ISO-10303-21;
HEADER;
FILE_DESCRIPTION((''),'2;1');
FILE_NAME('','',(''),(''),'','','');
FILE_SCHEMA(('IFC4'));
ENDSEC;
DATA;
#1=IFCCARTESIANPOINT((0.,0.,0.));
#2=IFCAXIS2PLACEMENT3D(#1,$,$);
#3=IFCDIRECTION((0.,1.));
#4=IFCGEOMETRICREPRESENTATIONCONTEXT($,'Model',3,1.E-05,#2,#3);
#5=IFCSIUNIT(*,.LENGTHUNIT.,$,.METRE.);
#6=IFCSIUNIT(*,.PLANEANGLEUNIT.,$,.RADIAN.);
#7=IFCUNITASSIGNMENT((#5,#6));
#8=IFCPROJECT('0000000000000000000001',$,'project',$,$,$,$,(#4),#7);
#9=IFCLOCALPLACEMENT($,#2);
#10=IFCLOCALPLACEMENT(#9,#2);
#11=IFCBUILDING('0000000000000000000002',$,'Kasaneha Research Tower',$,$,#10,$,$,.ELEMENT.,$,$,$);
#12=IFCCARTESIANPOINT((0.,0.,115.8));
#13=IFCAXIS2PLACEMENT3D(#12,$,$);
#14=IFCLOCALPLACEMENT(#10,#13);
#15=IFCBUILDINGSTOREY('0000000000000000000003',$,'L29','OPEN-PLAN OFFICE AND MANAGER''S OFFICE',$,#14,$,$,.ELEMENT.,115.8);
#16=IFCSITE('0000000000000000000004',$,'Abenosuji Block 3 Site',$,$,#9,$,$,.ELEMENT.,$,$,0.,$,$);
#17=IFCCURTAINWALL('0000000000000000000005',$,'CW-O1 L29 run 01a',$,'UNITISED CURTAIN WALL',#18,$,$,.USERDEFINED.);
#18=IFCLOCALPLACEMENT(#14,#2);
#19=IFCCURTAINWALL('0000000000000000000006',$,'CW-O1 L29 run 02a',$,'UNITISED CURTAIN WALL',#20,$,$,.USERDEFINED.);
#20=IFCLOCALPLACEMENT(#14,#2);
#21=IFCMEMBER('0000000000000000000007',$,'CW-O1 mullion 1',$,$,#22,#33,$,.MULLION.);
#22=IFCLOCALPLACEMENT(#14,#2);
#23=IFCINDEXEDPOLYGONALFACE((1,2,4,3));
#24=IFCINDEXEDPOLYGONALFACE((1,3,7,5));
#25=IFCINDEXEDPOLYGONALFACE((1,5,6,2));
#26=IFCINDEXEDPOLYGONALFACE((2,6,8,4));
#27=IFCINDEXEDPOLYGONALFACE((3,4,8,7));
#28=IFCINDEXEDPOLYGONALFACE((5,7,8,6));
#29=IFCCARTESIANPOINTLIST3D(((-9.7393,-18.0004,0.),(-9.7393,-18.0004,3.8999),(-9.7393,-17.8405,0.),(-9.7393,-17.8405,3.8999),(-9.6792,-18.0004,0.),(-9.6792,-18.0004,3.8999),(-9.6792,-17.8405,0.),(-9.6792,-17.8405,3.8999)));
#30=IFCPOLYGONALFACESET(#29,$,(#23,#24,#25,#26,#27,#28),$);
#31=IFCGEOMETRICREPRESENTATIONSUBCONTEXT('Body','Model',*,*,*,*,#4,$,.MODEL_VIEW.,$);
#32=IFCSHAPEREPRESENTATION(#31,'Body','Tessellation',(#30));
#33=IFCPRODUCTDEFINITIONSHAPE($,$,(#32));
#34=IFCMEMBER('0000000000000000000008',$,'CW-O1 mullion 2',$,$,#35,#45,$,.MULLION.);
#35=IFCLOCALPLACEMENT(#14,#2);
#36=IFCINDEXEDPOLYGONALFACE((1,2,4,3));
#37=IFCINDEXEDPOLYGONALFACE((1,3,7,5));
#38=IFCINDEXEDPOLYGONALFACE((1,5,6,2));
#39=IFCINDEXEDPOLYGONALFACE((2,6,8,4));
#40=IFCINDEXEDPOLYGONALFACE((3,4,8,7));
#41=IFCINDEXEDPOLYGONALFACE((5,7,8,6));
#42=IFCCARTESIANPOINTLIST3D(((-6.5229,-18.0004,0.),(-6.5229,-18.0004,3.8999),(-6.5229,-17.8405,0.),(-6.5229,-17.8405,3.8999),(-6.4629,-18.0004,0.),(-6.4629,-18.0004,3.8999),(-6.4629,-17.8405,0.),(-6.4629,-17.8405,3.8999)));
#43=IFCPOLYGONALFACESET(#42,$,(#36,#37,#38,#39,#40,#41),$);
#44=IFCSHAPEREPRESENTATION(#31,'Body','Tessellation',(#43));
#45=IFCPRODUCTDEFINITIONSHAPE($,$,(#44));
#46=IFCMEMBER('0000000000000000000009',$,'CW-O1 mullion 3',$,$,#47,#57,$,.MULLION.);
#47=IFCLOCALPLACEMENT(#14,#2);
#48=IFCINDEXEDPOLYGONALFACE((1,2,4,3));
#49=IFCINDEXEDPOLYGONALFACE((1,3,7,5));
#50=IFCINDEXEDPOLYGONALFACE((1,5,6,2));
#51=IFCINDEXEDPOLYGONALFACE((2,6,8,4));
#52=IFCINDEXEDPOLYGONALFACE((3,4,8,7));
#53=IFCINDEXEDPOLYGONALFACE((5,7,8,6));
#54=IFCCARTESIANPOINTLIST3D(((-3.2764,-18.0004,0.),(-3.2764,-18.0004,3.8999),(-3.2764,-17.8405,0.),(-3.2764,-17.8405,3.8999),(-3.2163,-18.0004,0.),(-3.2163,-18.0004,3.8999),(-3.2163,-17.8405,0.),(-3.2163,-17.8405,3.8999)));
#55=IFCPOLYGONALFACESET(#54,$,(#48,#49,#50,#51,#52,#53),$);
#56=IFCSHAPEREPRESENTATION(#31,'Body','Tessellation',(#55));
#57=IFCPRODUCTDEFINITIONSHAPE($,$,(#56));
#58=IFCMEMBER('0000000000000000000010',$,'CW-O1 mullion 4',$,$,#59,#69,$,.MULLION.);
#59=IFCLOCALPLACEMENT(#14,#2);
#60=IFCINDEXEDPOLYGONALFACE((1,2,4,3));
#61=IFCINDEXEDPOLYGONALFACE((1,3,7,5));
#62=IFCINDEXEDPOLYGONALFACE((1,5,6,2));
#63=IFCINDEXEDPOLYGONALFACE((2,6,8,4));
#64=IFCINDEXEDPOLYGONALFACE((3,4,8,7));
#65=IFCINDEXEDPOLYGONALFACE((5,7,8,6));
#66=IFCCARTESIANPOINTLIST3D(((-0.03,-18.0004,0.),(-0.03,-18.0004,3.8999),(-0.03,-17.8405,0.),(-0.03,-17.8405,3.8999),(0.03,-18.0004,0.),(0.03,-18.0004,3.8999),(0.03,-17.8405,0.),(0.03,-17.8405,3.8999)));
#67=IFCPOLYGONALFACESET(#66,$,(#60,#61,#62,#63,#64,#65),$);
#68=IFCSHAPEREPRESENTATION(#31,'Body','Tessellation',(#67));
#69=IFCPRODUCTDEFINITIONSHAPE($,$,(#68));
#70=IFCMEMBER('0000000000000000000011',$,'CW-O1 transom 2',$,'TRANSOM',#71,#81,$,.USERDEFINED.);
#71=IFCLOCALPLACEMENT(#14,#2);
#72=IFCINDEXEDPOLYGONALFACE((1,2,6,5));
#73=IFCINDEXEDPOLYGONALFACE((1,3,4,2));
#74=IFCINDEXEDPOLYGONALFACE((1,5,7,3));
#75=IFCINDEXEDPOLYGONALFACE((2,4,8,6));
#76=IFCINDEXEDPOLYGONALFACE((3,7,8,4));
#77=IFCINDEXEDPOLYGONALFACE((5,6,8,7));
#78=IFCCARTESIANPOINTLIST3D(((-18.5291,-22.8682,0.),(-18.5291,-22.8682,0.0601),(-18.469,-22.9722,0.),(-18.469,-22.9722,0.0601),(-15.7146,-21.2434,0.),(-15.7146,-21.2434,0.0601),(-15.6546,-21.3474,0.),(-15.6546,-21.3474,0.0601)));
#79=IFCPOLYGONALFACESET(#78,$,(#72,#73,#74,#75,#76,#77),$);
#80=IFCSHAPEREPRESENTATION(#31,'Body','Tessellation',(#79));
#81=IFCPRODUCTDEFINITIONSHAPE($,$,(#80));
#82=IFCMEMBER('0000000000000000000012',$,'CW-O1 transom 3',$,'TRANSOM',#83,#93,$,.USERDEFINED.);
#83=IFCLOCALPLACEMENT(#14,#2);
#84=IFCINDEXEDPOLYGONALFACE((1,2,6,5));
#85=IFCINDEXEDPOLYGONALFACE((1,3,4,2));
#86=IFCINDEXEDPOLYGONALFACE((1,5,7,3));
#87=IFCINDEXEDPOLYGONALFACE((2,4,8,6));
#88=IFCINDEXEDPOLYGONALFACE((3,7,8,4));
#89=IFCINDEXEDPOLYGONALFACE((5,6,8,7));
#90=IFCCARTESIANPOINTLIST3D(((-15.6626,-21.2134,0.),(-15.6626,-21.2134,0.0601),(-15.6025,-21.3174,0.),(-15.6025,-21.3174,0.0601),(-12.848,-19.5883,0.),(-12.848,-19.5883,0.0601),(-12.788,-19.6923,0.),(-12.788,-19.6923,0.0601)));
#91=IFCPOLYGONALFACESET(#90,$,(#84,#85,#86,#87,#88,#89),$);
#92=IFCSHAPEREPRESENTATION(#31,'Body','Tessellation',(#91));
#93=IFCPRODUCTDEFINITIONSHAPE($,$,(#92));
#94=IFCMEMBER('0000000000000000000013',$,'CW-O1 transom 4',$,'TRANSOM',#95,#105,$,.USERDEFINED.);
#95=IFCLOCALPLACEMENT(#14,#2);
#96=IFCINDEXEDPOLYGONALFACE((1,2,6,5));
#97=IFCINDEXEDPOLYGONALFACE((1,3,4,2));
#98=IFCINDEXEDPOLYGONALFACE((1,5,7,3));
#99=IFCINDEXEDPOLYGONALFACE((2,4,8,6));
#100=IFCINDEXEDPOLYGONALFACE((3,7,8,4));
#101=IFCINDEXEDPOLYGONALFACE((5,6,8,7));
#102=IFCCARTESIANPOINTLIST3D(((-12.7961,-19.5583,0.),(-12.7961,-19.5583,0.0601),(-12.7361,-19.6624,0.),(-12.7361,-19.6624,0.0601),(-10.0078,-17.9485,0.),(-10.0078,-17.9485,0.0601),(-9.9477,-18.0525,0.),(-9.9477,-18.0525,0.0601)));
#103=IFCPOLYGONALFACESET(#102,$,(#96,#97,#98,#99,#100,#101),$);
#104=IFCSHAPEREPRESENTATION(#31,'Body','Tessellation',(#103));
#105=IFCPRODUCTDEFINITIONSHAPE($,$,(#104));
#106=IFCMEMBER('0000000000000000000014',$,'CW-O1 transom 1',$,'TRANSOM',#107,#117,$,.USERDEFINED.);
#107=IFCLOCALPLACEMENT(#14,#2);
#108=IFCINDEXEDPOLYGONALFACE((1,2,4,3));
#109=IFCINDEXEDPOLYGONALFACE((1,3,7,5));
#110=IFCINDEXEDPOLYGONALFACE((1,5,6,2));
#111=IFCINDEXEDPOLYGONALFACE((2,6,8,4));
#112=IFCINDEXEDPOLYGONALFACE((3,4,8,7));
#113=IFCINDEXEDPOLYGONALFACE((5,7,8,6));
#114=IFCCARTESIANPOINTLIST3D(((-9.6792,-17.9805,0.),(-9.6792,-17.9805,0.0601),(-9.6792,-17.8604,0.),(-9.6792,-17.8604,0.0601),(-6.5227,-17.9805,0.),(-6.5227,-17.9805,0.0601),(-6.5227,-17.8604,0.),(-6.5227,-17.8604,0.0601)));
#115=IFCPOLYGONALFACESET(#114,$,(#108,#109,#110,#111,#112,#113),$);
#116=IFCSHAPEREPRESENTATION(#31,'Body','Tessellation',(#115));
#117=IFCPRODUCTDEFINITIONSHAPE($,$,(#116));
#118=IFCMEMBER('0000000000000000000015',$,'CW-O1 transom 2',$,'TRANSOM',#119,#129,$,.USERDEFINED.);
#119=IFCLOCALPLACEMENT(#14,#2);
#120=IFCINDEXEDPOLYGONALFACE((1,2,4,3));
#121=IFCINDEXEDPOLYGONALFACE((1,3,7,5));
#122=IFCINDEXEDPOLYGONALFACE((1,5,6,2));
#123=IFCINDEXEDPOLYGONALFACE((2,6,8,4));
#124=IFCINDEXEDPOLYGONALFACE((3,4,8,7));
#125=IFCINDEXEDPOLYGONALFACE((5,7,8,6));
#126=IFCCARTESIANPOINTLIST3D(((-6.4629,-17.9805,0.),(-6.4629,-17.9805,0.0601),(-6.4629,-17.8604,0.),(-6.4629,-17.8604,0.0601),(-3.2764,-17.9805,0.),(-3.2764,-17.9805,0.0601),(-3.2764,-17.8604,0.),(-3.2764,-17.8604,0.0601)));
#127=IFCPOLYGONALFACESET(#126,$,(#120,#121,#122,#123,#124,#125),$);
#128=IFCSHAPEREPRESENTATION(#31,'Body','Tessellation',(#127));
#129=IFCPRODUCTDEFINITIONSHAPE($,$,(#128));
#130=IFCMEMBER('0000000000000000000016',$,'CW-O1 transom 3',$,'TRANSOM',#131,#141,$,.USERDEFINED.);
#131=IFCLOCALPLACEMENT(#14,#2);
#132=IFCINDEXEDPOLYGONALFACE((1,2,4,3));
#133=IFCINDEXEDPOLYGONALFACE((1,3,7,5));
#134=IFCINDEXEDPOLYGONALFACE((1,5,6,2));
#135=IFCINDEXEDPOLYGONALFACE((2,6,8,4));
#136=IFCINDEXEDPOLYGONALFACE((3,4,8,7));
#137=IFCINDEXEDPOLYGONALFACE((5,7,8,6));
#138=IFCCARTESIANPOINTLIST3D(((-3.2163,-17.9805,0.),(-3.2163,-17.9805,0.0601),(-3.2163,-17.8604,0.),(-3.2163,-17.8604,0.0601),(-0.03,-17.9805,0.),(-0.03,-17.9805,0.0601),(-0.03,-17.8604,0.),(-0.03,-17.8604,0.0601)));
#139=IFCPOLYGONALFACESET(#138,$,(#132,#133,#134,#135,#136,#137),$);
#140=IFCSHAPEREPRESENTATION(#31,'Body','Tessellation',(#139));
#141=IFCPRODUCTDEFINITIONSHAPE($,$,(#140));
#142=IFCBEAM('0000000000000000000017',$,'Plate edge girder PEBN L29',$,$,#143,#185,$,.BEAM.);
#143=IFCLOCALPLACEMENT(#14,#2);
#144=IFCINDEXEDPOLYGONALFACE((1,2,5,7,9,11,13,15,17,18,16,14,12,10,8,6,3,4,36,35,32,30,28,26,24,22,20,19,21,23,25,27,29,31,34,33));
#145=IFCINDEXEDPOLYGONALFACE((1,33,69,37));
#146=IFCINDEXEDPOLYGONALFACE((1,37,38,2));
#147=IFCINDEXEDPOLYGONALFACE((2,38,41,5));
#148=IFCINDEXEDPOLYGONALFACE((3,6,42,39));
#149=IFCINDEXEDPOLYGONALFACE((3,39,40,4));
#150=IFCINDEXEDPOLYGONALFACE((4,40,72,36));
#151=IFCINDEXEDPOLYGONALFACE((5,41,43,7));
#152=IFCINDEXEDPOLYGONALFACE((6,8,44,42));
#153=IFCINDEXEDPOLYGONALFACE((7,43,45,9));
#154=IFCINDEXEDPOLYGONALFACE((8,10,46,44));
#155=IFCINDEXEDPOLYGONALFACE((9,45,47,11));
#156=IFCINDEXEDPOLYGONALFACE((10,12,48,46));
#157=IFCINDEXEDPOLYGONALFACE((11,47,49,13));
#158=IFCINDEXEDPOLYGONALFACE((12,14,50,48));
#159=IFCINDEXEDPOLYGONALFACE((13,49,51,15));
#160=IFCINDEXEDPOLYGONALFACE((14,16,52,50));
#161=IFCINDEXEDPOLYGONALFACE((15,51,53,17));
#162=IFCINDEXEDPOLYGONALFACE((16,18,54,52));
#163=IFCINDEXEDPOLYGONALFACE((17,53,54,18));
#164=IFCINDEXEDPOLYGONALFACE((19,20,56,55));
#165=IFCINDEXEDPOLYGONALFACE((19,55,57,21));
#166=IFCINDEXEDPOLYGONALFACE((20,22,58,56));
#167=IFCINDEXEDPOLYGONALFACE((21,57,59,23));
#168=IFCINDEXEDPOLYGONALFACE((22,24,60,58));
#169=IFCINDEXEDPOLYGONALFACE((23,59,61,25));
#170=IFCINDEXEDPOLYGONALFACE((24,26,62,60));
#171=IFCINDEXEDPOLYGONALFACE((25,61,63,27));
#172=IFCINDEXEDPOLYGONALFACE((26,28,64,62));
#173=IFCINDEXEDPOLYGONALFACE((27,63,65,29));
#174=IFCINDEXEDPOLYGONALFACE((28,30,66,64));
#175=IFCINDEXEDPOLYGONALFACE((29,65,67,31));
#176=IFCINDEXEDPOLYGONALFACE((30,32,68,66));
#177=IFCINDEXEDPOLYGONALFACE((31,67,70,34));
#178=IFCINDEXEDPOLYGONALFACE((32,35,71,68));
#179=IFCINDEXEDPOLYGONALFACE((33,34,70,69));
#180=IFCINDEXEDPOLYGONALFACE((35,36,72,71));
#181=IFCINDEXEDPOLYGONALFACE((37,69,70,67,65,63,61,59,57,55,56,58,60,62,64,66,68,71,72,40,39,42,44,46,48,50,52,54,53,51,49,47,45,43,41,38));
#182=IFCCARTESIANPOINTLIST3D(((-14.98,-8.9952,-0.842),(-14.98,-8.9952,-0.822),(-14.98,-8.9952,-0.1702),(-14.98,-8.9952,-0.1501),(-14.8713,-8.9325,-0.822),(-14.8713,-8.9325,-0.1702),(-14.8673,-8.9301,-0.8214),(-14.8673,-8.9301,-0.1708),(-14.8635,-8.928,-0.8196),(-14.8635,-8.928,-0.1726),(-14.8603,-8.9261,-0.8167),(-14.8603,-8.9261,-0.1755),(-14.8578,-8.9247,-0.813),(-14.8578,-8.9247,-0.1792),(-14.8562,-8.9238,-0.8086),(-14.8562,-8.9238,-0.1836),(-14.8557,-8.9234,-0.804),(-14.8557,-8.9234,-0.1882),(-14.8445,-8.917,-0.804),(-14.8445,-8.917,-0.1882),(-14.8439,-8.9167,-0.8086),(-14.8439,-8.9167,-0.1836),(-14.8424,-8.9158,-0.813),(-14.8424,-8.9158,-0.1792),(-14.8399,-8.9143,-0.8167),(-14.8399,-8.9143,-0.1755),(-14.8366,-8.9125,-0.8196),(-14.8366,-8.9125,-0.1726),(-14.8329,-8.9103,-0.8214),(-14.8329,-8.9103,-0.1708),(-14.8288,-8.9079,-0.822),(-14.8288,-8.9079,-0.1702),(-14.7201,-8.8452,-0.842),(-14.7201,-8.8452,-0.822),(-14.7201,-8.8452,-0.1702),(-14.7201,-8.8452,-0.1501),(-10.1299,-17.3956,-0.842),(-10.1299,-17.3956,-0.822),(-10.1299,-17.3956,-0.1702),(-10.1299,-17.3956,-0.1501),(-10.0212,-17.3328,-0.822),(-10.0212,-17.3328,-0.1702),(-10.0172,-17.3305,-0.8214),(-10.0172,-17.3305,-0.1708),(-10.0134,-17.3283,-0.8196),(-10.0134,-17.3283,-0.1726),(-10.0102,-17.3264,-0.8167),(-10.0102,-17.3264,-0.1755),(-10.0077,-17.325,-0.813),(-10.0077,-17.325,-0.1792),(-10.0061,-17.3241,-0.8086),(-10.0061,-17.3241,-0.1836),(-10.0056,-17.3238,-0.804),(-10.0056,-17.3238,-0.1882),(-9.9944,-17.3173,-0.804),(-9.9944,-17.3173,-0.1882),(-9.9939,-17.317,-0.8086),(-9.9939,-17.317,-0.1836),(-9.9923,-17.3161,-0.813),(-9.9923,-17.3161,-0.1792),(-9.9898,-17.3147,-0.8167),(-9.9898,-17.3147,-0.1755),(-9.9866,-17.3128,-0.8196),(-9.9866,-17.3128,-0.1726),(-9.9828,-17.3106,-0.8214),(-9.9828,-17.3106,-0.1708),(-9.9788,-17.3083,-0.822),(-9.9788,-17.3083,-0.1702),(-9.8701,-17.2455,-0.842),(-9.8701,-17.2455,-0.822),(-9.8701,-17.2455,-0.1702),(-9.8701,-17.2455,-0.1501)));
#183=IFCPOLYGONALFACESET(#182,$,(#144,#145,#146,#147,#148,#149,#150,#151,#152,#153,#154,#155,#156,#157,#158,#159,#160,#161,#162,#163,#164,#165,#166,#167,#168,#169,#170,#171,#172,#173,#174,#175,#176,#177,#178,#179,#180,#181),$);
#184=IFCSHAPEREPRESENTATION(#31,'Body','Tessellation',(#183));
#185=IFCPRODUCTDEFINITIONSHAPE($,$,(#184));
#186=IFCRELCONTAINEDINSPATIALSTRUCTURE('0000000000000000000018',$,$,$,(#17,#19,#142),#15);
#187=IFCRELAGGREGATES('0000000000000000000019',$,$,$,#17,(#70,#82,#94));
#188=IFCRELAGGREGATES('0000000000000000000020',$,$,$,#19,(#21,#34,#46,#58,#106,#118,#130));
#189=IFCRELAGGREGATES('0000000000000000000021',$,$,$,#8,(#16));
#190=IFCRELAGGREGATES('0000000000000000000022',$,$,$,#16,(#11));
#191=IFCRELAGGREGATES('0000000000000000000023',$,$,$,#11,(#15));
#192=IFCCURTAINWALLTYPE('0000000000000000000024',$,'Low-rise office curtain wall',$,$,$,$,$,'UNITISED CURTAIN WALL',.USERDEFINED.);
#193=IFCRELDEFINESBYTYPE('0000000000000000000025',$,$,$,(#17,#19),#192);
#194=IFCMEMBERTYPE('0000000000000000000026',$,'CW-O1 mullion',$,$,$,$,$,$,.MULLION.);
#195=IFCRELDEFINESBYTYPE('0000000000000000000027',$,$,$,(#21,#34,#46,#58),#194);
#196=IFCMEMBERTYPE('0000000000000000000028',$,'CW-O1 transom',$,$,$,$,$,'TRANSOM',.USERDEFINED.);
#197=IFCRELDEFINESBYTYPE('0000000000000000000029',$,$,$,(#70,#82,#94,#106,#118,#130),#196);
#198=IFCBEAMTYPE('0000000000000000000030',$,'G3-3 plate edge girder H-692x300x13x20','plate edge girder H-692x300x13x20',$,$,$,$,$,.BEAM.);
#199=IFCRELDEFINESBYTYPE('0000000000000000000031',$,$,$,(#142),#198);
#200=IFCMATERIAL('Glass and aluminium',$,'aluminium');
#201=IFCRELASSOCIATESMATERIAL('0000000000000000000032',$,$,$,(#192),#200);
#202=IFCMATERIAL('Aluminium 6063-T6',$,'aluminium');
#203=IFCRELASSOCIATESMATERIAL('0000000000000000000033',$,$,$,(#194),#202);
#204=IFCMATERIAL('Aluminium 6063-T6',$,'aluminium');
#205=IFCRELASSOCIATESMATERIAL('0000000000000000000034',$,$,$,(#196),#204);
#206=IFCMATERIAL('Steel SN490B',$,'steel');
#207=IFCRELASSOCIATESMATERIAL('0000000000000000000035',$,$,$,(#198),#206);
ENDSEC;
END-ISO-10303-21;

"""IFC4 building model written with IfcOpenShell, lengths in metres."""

from ifc_helpers import new_model, si_unit, direction, frame, origin, origin_2d, place, context, subcontext, project, spatial, rectangle, i_section, extrude, material, material_profile, profile_set, type_object, element, aggregate, save


model = new_model("IFC4")

# Units and contexts
model_context = context("Model", 3, precision=1e-05, world=origin(), true_north=direction((0.0, 1.0)))
body_context = subcontext(model_context, "Body", "Model", "MODEL_VIEW")
ifc_project = project(units=[si_unit("LENGTHUNIT", "METRE"), si_unit("PLANEANGLEUNIT", "RADIAN")], contexts=[model_context])

# Site, building, storey
site_placement = place(None, origin())
site = spatial("IfcSite", under=ifc_project, at=site_placement, Name="Abenosuji Block 3 Site", CompositionType="ELEMENT", RefElevation=0.0)
building_placement = place(site_placement, origin())
building = spatial("IfcBuilding", under=site, at=building_placement, Name="Kasaneha Research Tower", CompositionType="ELEMENT")
storey_placement = place(building_placement, frame((0.0, 0.0, 115.8)))
storey = spatial("IfcBuildingStorey", under=building, at=storey_placement, Name="L29", Description="OPEN-PLAN OFFICE AND MANAGER'S OFFICE", CompositionType="ELEMENT", Elevation=115.8)

# Curtain walls, members
ifc_material_1 = material(Name="Glass and aluminium", Category="aluminium")
curtain_wall_type = type_object("IfcCurtainWallType", Name="Low-rise office curtain wall", ElementType="UNITISED CURTAIN WALL", PredefinedType="USERDEFINED", material=ifc_material_1)
curtain_wall_1_placement = place(storey_placement, origin())
curtain_wall_1 = element("IfcCurtainWall", 1, at=curtain_wall_1_placement, inside=storey, type_object=curtain_wall_type, Name="CW-O1 L29 run 01a", ObjectType="UNITISED CURTAIN WALL", PredefinedType="USERDEFINED")
ifc_material_2 = material(Name="Aluminium 6063-T6", Category="aluminium")
ifc_material_profile_1 = material_profile(ifc_material_2, rectangle(XDim=0.0601, YDim=0.1599, at=origin_2d()), Name="CW-O1 mullion 60x160")
ifc_profile_set_1 = profile_set([ifc_material_profile_1], Name="Aluminium 6063-T6")
member_type_1 = type_object("IfcMemberType", Name="CW-O1 mullion", PredefinedType="MULLION", material=ifc_profile_set_1)
curtain_wall_2_placement = place(storey_placement, origin())
curtain_wall_2 = element("IfcCurtainWall", 2, at=curtain_wall_2_placement, inside=storey, type_object=curtain_wall_type, Name="CW-O1 L29 run 02a", ObjectType="UNITISED CURTAIN WALL", PredefinedType="USERDEFINED")
member_1_placement = place(storey_placement, frame((-9.7092, -17.9204, 0.0), z_axis=(0.0, 0.0, 1.0), x_axis=(1.0, 0.0, 0.0)))
member_1 = element("IfcMember", 3, at=member_1_placement, type_object=member_type_1, Name="CW-O1 mullion 1", PredefinedType="MULLION", context=body_context, shape_type="SweptSolid", body=[
    extrude(rectangle(XDim=0.0601, YDim=0.1599, at=origin_2d()), origin(), (0.0, 0.0, 1.0), 3.8999),
])
member_2_placement = place(storey_placement, frame((-6.4929, -17.9204, 0.0), z_axis=(0.0, 0.0, 1.0), x_axis=(1.0, 0.0, 0.0)))
member_2 = element("IfcMember", 4, at=member_2_placement, type_object=member_type_1, Name="CW-O1 mullion 2", PredefinedType="MULLION", context=body_context, shape_type="SweptSolid", body=[
    extrude(rectangle(XDim=0.0601, YDim=0.1599, at=origin_2d()), origin(), (0.0, 0.0, 1.0), 3.8999),
])
member_3_placement = place(storey_placement, frame((-3.2463, -17.9204, 0.0), z_axis=(0.0, 0.0, 1.0), x_axis=(1.0, 0.0, 0.0)))
member_3 = element("IfcMember", 5, at=member_3_placement, type_object=member_type_1, Name="CW-O1 mullion 3", PredefinedType="MULLION", context=body_context, shape_type="SweptSolid", body=[
    extrude(rectangle(XDim=0.0601, YDim=0.1599, at=origin_2d()), origin(), (0.0, 0.0, 1.0), 3.8999),
])
member_4_placement = place(storey_placement, frame((0.0, -17.9204, 0.0), z_axis=(0.0, 0.0, 1.0), x_axis=(1.0, 0.0, 0.0)))
member_4 = element("IfcMember", 6, at=member_4_placement, type_object=member_type_1, Name="CW-O1 mullion 4", PredefinedType="MULLION", context=body_context, shape_type="SweptSolid", body=[
    extrude(rectangle(XDim=0.0601, YDim=0.1599, at=origin_2d()), origin(), (0.0, 0.0, 1.0), 3.8999),
])

# Members
ifc_material_3 = material(Name="Aluminium 6063-T6", Category="aluminium")
ifc_material_profile_2 = material_profile(ifc_material_3, rectangle(XDim=0.1201, YDim=0.0601, at=origin_2d()), Name="CW-O1 transom 120x60")
ifc_profile_set_2 = profile_set([ifc_material_profile_2], Name="Aluminium 6063-T6")
member_type_2 = type_object("IfcMemberType", Name="CW-O1 transom", ElementType="TRANSOM", PredefinedType="USERDEFINED", material=ifc_profile_set_2)
member_5_placement = place(storey_placement, frame((-18.499, -22.9202, 0.03), z_axis=(0.866048, 0.499961, 0.0), x_axis=(-0.499961, 0.866048, 0.0)))
member_5 = element("IfcMember", 7, at=member_5_placement, type_object=member_type_2, Name="CW-O1 transom 2", ObjectType="TRANSOM", PredefinedType="USERDEFINED", context=body_context, shape_type="SweptSolid", body=[
    extrude(rectangle(XDim=0.1201, YDim=0.0601, at=origin_2d()), origin(), (0.0, 0.0, 1.0), 3.2498),
])
member_6_placement = place(storey_placement, frame((-15.6326, -21.2654, 0.03), z_axis=(0.866015, 0.500017, 0.0), x_axis=(-0.500017, 0.866015, 0.0)))
member_6 = element("IfcMember", 8, at=member_6_placement, type_object=member_type_2, Name="CW-O1 transom 3", ObjectType="TRANSOM", PredefinedType="USERDEFINED", context=body_context, shape_type="SweptSolid", body=[
    extrude(rectangle(XDim=0.1201, YDim=0.0601, at=origin_2d()), origin(), (0.0, 0.0, 1.0), 3.25),
])
member_7_placement = place(storey_placement, frame((-12.7661, -19.6104, 0.03), z_axis=(0.866023, 0.500005, 0.0), x_axis=(-0.500005, 0.866023, 0.0)))
member_7 = element("IfcMember", 9, at=member_7_placement, type_object=member_type_2, Name="CW-O1 transom 4", ObjectType="TRANSOM", PredefinedType="USERDEFINED", context=body_context, shape_type="SweptSolid", body=[
    extrude(rectangle(XDim=0.1201, YDim=0.0601, at=origin_2d()), origin(), (0.0, 0.0, 1.0), 3.2197),
])
member_8_placement = place(storey_placement, frame((-9.6792, -17.9204, 0.03), z_axis=(1.0, 0.0, 0.0), x_axis=(0.0, 1.0, 0.0)))
member_8 = element("IfcMember", 10, at=member_8_placement, type_object=member_type_2, Name="CW-O1 transom 1", ObjectType="TRANSOM", PredefinedType="USERDEFINED", context=body_context, shape_type="SweptSolid", body=[
    extrude(rectangle(XDim=0.1201, YDim=0.0601, at=origin_2d()), origin(), (0.0, 0.0, 1.0), 3.1565),
])
member_9_placement = place(storey_placement, frame((-6.4629, -17.9204, 0.03), z_axis=(1.0, 0.0, 0.0), x_axis=(0.0, 1.0, 0.0)))
member_9 = element("IfcMember", 11, at=member_9_placement, type_object=member_type_2, Name="CW-O1 transom 2", ObjectType="TRANSOM", PredefinedType="USERDEFINED", context=body_context, shape_type="SweptSolid", body=[
    extrude(rectangle(XDim=0.1201, YDim=0.0601, at=origin_2d()), origin(), (0.0, 0.0, 1.0), 3.1865),
])
member_10_placement = place(storey_placement, frame((-3.2163, -17.9204, 0.03), z_axis=(1.0, 0.0, 0.0), x_axis=(0.0, 1.0, 0.0)))
member_10 = element("IfcMember", 12, at=member_10_placement, type_object=member_type_2, Name="CW-O1 transom 3", ObjectType="TRANSOM", PredefinedType="USERDEFINED", context=body_context, shape_type="SweptSolid", body=[
    extrude(rectangle(XDim=0.1201, YDim=0.0601, at=origin_2d()), origin(), (0.0, 0.0, 1.0), 3.1863),
])

# Beam
ifc_material_4 = material(Name="Steel SN490B", Category="steel")
ifc_material_profile_3 = material_profile(ifc_material_4, i_section(OverallWidth=0.3, OverallDepth=0.6919, WebThickness=0.0129, FlangeThickness=0.02, FilletRadius=0.0181, at=origin_2d()), Name="H-692x300x13x20")
ifc_profile_set_3 = profile_set([ifc_material_profile_3], Name="Steel SN490B")
beam_type_1 = type_object("IfcBeamType", Name="G3-3 plate edge girder H-692x300x13x20", Description="plate edge girder H-692x300x13x20", PredefinedType="BEAM", material=ifc_profile_set_3)
beam_1_placement = place(storey_placement, frame((-10.0, -17.3206, -0.4961), z_axis=(-0.50001, 0.86602, 0.0), x_axis=(-0.86602, -0.50001, 0.0)))
element("IfcBeam", 13, at=beam_1_placement, inside=storey, type_object=beam_type_1, Name="Plate edge girder PEBN L29", PredefinedType="BEAM", context=body_context, shape_type="SweptSolid", body=[
    extrude(i_section(OverallWidth=0.3, OverallDepth=0.6919, WebThickness=0.0129, FlangeThickness=0.02, FilletRadius=0.0181, at=origin_2d()), origin(), (0.0, 0.0, 1.0), 9.7),
])

aggregate(curtain_wall_1, [member_5, member_6, member_7])
aggregate(curtain_wall_2, [member_1, member_2, member_3, member_4, member_8, member_9, member_10])

save(model, "model.ifc")
